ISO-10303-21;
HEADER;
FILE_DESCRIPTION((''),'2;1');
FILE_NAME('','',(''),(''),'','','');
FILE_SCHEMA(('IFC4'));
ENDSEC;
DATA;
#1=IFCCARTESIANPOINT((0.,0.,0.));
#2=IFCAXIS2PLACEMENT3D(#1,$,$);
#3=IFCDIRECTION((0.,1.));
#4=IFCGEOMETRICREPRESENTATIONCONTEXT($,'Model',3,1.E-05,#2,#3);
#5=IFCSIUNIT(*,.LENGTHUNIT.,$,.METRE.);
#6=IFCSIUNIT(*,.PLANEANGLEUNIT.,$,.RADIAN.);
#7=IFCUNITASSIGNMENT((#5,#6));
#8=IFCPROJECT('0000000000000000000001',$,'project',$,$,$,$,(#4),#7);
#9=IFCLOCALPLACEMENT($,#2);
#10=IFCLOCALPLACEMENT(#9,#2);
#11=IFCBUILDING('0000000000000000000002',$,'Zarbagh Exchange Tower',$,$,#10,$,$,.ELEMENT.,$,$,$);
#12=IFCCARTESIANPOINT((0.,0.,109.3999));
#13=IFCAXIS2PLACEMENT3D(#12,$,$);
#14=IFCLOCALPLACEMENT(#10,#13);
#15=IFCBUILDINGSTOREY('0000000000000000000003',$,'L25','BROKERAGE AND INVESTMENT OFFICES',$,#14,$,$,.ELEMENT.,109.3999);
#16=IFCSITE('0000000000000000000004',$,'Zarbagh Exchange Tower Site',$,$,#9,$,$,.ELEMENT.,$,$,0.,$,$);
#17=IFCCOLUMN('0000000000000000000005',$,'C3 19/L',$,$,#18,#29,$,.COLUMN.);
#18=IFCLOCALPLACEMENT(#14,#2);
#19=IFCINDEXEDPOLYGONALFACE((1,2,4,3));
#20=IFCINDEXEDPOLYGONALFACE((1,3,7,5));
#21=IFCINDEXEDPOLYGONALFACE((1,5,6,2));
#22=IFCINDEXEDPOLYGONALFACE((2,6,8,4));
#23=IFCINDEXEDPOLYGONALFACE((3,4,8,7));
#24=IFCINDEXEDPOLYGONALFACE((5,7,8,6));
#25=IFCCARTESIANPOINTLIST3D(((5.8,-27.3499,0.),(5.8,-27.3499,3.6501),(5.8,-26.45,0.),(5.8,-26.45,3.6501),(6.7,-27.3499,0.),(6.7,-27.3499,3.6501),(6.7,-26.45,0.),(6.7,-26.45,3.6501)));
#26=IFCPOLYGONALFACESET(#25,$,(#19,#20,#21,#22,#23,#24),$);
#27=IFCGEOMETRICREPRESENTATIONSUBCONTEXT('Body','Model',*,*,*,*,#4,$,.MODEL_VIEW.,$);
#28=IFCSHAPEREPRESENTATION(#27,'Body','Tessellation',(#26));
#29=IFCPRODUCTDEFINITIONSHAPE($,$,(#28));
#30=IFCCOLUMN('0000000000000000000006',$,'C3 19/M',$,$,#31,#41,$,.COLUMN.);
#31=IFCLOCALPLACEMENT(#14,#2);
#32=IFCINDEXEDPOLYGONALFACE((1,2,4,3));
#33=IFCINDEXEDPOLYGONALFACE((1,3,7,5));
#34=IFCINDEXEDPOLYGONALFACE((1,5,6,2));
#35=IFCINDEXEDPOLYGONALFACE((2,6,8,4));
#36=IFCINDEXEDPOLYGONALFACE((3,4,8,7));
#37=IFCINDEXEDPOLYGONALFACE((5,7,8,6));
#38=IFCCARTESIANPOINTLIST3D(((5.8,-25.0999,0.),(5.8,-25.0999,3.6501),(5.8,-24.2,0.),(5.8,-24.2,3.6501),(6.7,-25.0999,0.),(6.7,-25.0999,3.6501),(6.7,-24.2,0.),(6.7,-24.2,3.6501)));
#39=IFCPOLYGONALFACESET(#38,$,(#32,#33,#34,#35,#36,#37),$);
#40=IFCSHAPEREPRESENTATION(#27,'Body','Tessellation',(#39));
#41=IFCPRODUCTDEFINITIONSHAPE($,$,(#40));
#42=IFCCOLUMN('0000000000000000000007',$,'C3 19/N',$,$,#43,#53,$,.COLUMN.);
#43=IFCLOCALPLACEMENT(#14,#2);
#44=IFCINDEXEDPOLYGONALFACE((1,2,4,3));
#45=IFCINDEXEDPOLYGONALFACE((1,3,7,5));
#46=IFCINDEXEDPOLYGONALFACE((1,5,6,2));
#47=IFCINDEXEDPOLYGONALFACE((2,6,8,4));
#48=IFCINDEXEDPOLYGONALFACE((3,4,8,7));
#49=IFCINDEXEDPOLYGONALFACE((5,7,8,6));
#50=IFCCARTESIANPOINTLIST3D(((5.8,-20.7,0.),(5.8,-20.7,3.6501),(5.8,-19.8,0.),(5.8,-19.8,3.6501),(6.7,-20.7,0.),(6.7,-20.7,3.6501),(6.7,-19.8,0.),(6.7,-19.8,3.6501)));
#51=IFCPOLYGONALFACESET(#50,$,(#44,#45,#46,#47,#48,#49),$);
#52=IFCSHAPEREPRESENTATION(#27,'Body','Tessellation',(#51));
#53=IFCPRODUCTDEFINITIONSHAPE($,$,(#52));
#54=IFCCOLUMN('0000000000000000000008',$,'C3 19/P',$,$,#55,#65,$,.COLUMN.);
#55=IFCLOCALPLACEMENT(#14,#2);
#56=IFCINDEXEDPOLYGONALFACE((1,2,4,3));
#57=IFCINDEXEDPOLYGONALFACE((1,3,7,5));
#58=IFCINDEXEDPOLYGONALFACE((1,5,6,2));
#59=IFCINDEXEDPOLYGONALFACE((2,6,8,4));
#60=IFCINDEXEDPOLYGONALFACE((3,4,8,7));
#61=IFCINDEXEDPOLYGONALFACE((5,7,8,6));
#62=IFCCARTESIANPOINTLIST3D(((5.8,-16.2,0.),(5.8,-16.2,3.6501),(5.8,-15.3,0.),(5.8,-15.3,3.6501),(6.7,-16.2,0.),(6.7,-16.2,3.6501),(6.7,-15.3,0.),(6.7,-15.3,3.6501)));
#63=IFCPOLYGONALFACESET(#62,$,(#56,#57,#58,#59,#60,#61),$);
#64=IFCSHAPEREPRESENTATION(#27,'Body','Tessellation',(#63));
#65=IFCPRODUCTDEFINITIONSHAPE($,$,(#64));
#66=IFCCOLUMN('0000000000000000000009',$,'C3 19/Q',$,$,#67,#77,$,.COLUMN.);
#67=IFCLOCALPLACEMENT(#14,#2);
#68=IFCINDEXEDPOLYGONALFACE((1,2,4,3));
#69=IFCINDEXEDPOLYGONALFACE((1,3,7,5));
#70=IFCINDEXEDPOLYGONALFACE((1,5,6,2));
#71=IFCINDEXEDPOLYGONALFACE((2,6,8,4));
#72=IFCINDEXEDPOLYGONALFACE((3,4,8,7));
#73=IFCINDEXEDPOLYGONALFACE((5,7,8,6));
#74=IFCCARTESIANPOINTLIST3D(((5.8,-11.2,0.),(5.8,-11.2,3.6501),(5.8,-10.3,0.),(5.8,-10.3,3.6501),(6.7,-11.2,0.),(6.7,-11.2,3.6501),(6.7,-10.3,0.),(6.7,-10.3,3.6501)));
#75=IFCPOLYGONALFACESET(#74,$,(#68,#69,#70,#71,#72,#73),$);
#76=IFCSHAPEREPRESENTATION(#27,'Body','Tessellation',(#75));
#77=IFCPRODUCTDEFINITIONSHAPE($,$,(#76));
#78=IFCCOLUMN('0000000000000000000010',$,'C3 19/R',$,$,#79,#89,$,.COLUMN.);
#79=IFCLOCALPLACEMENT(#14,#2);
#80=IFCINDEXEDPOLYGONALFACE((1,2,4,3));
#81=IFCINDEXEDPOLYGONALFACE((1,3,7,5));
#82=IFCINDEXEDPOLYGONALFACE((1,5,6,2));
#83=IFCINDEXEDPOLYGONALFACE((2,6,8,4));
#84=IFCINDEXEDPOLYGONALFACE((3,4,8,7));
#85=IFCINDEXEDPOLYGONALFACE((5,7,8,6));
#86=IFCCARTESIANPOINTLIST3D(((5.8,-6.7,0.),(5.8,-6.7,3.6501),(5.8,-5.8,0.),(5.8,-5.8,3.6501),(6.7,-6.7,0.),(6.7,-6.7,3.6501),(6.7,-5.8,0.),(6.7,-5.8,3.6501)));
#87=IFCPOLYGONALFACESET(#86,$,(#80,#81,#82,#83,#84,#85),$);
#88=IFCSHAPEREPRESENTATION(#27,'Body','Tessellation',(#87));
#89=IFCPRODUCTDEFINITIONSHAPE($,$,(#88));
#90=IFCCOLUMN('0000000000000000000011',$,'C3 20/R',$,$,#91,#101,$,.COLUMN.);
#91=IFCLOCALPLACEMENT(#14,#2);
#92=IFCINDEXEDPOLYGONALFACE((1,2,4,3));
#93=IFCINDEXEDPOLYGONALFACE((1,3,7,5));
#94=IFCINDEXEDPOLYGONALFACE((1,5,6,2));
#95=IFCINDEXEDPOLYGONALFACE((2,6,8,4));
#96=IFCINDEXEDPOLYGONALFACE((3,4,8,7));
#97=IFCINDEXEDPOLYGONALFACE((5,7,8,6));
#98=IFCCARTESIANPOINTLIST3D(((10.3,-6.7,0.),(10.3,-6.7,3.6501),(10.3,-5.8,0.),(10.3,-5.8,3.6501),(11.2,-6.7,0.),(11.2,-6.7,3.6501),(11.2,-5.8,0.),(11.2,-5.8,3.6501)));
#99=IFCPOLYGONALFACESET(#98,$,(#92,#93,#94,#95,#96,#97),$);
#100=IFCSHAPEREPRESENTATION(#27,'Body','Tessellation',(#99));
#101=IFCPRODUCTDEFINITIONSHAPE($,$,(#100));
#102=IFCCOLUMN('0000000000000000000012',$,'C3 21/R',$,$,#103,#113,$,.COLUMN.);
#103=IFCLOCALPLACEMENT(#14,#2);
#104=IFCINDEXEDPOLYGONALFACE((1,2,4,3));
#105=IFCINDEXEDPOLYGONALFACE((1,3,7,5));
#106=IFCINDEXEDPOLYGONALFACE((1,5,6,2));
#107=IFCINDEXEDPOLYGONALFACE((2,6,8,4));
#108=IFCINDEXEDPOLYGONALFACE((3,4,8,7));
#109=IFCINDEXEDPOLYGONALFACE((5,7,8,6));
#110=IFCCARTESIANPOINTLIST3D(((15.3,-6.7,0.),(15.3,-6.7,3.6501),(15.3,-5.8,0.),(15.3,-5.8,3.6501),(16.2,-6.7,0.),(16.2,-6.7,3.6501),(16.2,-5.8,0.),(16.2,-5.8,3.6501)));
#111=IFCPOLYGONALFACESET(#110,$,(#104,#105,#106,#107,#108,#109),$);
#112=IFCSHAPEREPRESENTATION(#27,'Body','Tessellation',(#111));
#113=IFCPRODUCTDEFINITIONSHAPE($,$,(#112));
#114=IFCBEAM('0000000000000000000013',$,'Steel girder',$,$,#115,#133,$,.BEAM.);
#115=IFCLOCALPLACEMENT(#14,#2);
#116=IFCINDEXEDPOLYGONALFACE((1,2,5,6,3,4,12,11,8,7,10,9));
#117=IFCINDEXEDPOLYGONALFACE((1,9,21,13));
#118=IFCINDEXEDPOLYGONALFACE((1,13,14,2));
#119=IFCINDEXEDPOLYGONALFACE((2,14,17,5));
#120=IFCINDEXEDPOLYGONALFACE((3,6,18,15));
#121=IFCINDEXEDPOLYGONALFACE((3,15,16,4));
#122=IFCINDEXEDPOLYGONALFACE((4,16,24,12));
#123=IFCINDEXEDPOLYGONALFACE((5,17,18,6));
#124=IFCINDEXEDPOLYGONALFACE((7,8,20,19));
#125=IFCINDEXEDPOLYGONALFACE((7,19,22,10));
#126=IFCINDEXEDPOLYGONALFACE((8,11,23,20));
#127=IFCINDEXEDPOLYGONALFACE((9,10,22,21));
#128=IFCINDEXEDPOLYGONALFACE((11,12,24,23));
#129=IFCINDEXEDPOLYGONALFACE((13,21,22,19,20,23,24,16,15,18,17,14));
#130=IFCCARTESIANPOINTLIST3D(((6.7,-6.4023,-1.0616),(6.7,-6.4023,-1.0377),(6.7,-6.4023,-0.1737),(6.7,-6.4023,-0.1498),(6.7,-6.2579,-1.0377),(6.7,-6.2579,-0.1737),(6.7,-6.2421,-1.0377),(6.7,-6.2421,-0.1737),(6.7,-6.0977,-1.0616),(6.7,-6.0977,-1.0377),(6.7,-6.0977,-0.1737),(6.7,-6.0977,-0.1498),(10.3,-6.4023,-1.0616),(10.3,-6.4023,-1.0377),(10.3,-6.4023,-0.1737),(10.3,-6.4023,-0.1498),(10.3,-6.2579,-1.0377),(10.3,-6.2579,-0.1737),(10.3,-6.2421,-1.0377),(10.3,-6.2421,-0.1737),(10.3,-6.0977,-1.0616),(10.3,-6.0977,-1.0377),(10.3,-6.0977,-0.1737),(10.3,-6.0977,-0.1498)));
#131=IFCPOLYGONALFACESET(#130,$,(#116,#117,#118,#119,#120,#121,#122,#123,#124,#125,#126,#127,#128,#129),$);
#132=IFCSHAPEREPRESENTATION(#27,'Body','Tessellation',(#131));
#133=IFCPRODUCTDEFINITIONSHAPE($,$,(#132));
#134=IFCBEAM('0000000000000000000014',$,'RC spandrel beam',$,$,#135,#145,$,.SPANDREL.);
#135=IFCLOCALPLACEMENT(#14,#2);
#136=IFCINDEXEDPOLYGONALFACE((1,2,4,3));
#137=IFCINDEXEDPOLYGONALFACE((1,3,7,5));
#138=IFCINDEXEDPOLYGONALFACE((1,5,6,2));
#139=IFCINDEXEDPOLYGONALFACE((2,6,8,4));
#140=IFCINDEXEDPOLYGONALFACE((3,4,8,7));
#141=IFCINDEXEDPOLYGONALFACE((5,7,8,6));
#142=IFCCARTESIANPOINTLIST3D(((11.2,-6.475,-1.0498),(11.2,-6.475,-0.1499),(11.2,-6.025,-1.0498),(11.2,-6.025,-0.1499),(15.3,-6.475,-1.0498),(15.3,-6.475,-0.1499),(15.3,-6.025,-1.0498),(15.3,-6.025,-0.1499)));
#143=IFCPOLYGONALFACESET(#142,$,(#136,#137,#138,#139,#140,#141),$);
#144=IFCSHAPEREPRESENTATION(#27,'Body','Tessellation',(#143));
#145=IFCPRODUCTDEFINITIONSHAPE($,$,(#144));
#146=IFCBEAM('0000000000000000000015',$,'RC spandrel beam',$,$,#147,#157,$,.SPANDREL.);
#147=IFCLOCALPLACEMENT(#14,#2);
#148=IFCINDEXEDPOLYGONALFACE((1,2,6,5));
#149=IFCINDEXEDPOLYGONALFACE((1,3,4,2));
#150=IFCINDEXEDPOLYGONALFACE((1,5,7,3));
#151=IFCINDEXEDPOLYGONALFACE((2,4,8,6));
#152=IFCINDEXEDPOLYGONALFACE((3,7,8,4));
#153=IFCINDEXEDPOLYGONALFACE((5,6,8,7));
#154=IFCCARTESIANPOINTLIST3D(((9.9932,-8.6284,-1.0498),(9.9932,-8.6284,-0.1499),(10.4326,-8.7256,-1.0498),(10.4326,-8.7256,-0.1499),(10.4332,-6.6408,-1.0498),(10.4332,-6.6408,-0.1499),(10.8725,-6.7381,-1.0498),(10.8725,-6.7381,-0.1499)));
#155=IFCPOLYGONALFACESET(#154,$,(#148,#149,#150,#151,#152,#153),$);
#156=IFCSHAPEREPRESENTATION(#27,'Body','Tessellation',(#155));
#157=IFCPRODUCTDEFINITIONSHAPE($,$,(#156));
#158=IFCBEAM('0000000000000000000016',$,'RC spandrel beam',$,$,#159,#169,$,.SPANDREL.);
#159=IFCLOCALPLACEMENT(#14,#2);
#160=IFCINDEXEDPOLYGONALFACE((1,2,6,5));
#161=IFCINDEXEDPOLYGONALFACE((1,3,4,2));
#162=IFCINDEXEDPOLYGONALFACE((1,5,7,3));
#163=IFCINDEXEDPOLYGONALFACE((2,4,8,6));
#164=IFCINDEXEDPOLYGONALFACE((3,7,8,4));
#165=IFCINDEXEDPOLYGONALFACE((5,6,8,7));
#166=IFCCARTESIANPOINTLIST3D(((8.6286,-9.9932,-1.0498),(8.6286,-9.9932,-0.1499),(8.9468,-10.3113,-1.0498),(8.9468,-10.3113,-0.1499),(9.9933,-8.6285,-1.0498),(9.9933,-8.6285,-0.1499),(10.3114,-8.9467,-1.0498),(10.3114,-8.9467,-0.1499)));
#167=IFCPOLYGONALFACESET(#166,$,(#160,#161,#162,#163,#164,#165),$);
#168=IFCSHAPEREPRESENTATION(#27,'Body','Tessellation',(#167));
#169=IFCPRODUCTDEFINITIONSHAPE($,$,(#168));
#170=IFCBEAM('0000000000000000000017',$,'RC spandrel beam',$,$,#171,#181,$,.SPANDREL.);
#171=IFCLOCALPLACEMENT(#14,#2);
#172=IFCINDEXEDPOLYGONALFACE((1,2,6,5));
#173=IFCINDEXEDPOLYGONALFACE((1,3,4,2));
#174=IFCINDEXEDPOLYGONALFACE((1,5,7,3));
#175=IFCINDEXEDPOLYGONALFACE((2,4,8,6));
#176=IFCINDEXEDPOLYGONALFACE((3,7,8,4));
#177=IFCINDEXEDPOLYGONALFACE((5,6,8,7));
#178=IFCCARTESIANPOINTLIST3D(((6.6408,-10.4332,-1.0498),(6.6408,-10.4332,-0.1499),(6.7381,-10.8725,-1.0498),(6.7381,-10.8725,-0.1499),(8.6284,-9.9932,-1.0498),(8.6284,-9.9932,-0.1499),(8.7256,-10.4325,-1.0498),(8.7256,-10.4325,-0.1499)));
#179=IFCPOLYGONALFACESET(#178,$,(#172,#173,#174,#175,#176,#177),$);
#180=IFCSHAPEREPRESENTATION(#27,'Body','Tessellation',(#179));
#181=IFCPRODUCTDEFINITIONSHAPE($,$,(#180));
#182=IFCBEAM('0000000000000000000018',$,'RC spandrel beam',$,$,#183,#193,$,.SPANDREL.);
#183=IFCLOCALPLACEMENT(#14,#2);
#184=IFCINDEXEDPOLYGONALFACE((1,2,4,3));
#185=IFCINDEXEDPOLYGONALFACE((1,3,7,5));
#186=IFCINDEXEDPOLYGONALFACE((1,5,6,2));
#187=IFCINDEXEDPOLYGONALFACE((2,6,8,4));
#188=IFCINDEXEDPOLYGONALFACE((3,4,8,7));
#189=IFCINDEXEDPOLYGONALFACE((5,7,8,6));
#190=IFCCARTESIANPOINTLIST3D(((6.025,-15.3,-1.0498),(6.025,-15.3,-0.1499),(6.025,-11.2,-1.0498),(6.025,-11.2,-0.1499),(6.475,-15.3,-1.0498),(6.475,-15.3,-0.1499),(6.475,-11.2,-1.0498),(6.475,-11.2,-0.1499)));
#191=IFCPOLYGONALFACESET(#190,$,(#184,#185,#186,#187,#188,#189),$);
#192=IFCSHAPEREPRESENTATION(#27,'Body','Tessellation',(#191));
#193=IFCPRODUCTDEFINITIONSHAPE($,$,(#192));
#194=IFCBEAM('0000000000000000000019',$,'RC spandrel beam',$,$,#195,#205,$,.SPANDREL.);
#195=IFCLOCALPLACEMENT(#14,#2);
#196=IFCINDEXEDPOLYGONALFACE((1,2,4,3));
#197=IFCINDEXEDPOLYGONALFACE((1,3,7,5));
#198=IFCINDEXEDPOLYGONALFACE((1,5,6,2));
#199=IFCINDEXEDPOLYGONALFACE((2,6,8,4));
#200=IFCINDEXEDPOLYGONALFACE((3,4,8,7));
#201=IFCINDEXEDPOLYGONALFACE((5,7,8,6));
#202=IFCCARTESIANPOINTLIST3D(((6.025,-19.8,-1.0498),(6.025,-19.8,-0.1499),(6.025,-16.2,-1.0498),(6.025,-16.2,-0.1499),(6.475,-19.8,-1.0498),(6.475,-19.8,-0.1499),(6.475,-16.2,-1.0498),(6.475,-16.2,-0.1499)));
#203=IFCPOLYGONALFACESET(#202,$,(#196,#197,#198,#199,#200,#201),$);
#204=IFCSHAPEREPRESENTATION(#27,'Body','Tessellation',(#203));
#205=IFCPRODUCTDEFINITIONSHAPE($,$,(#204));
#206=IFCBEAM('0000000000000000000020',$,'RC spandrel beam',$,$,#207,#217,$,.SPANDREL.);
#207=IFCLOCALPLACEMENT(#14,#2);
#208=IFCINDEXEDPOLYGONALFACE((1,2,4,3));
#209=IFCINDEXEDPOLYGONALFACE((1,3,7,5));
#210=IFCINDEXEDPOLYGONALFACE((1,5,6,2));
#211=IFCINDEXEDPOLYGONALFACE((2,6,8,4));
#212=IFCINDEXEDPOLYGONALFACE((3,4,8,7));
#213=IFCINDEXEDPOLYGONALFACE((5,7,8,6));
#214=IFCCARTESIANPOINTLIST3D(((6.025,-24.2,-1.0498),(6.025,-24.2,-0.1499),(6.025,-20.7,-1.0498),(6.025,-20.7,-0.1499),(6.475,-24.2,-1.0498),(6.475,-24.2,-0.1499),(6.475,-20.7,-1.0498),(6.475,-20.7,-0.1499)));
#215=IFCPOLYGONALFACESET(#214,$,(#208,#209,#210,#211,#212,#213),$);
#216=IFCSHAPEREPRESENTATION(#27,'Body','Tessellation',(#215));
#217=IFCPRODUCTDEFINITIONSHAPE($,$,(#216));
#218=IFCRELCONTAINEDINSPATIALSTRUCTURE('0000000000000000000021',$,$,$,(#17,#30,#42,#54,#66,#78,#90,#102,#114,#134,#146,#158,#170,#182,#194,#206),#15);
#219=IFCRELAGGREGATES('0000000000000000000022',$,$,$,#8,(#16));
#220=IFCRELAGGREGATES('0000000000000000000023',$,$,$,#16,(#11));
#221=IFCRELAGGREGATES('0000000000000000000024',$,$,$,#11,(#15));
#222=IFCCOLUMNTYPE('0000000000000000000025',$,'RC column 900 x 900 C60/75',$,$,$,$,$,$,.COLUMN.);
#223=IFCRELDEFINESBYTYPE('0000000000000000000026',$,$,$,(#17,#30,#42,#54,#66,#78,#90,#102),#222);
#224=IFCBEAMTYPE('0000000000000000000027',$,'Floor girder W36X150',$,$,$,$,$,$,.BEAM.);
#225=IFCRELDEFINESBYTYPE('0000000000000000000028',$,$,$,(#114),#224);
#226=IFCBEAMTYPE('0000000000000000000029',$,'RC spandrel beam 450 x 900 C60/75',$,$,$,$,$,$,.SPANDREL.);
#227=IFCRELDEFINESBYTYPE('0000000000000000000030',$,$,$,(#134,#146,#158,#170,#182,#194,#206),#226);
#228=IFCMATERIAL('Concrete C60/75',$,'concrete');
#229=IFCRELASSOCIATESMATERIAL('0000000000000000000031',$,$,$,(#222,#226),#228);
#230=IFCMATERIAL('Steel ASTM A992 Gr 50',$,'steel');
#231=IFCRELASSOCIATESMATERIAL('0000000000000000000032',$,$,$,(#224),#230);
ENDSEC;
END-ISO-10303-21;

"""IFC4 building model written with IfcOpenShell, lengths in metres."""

from ifc_helpers import new_model, si_unit, direction, frame, origin, origin_2d, place, context, subcontext, project, spatial, rectangle, i_section, extrude, material, material_profile, profile_set, type_object, element, save


model = new_model("IFC4")

# Units and contexts
model_context = context("Model", 3, precision=1e-05, world=origin(), true_north=direction((0.0, 1.0)))
body_context = subcontext(model_context, "Body", "Model", "MODEL_VIEW")
ifc_project = project(units=[si_unit("LENGTHUNIT", "METRE"), si_unit("PLANEANGLEUNIT", "RADIAN")], contexts=[model_context])

# Site, building, storey
site_placement = place(None, origin())
site = spatial("IfcSite", under=ifc_project, at=site_placement, Name="Zarbagh Exchange Tower Site", CompositionType="ELEMENT", RefElevation=0.0)
building_placement = place(site_placement, origin())
building = spatial("IfcBuilding", under=site, at=building_placement, Name="Zarbagh Exchange Tower", CompositionType="ELEMENT")
storey_placement = place(building_placement, frame((0.0, 0.0, 109.3999)))
storey = spatial("IfcBuildingStorey", under=building, at=storey_placement, Name="L25", Description="BROKERAGE AND INVESTMENT OFFICES", CompositionType="ELEMENT", Elevation=109.3999)

# Columns
ifc_material_1 = material(Name="Concrete C60/75", Category="concrete")
ifc_material_profile_1 = material_profile(ifc_material_1, rectangle(XDim=0.8999, YDim=0.8999, at=origin_2d()), Name="RC column 900 x 900 C60/75")
ifc_profile_set_1 = profile_set([ifc_material_profile_1], Name="Concrete C60/75")
column_type = type_object("IfcColumnType", Name="RC column 900 x 900 C60/75", PredefinedType="COLUMN", material=ifc_profile_set_1)
for number, where, z_axis, x_axis, name in (
    (1, (6.25, -26.8999, 0.0), (0.0, 0.0, 1.0), (1.0, 0.0, 0.0), "C3 19/L"),
    (2, (6.25, -24.6499, 0.0), (0.0, 0.0, 1.0), (1.0, 0.0, 0.0), "C3 19/M"),
    (3, (6.25, -20.25, 0.0), (0.0, 0.0, 1.0), (1.0, 0.0, 0.0), "C3 19/N"),
    (4, (6.25, -15.75, 0.0), (0.0, 0.0, 1.0), (1.0, 0.0, 0.0), "C3 19/P"),
    (5, (6.25, -10.75, 0.0), (0.0, 0.0, 1.0), (1.0, 0.0, 0.0), "C3 19/Q"),
    (6, (6.25, -6.25, 0.0), (0.0, 0.0, 1.0), (1.0, 0.0, 0.0), "C3 19/R"),
    (7, (10.75, -6.25, 0.0), (0.0, 0.0, 1.0), (1.0, 0.0, 0.0), "C3 20/R"),
    (8, (15.75, -6.25, 0.0), (0.0, 0.0, 1.0), (1.0, 0.0, 0.0), "C3 21/R"),
):
    element("IfcColumn", number, at=place(storey_placement, frame(where, z_axis=z_axis, x_axis=x_axis)), inside=storey, type_object=column_type, Name=name, PredefinedType="COLUMN", context=body_context, shape_type="SweptSolid", body=[
        extrude(rectangle(XDim=0.8999, YDim=0.8999, at=origin_2d()), origin(), (0.0, 0.0, 1.0), 3.6501),
    ])

# Beams
ifc_material_2 = material(Name="Steel ASTM A992 Gr 50", Category="steel")
ifc_material_profile_2 = material_profile(ifc_material_2, i_section(OverallWidth=0.3047, OverallDepth=0.9119, WebThickness=0.0159, FlangeThickness=0.0239, at=origin_2d()), Name="W36X150")
ifc_profile_set_2 = profile_set([ifc_material_profile_2], Name="Steel ASTM A992 Gr 50")
beam_type_1 = type_object("IfcBeamType", Name="Floor girder W36X150", PredefinedType="BEAM", material=ifc_profile_set_2)
beam_1_placement = place(storey_placement, frame((6.7, -6.25, -0.6057), z_axis=(1.0, 0.0, 0.0), x_axis=(0.0, 1.0, 0.0)))
element("IfcBeam", 9, at=beam_1_placement, inside=storey, type_object=beam_type_1, Name="Steel girder", PredefinedType="BEAM", context=body_context, shape_type="SweptSolid", body=[
    extrude(i_section(OverallWidth=0.3047, OverallDepth=0.9119, WebThickness=0.0159, FlangeThickness=0.0239, at=origin_2d()), origin(), (0.0, 0.0, 1.0), 3.6001),
])
ifc_material_profile_3 = material_profile(ifc_material_1, rectangle(XDim=0.45, YDim=0.8999, at=origin_2d()), Name="RC spandrel beam 450 x 900 C60/75")
ifc_profile_set_3 = profile_set([ifc_material_profile_3], Name="Concrete C60/75")
beam_type_2 = type_object("IfcBeamType", Name="RC spandrel beam 450 x 900 C60/75", PredefinedType="SPANDREL", material=ifc_profile_set_3)
beam_2_placement = place(storey_placement, frame((15.3, -6.25, -0.5999), z_axis=(-1.0, 0.0, 0.0), x_axis=(0.0, -1.0, 0.0)))
element("IfcBeam", 10, at=beam_2_placement, inside=storey, type_object=beam_type_2, Name="RC spandrel beam", PredefinedType="SPANDREL", context=body_context, shape_type="SweptSolid", body=[
    extrude(rectangle(XDim=0.45, YDim=0.8999, at=origin_2d()), origin(), (0.0, 0.0, 1.0), 4.1001),
])
beam_3_placement = place(storey_placement, frame((10.6528, -6.6895, -0.5999), z_axis=(-0.216118, -0.976367, 0.0), x_axis=(0.976367, -0.216118, 0.0)))
element("IfcBeam", 11, at=beam_3_placement, inside=storey, type_object=beam_type_2, Name="RC spandrel beam", PredefinedType="SPANDREL", context=body_context, shape_type="SweptSolid", body=[
    extrude(rectangle(XDim=0.45, YDim=0.8999, at=origin_2d()), origin(), (0.0, 0.0, 1.0), 2.0356),
])
beam_4_placement = place(storey_placement, frame((10.1523, -8.7876, -0.5999), z_axis=(-0.707107, -0.707107, 0.0), x_axis=(0.707107, -0.707107, 0.0)))
element("IfcBeam", 12, at=beam_4_placement, inside=storey, type_object=beam_type_2, Name="RC spandrel beam", PredefinedType="SPANDREL", context=body_context, shape_type="SweptSolid", body=[
    extrude(rectangle(XDim=0.45, YDim=0.8999, at=origin_2d()), origin(), (0.0, 0.0, 1.0), 1.9299),
])
beam_5_placement = place(storey_placement, frame((8.677, -10.2129, -0.5999), z_axis=(-0.976367, -0.216118, 0.0), x_axis=(0.216118, -0.976367, 0.0)))
element("IfcBeam", 13, at=beam_5_placement, inside=storey, type_object=beam_type_2, Name="RC spandrel beam", PredefinedType="SPANDREL", context=body_context, shape_type="SweptSolid", body=[
    extrude(rectangle(XDim=0.45, YDim=0.8999, at=origin_2d()), origin(), (0.0, 0.0, 1.0), 2.0356),
])
beam_6_placement = place(storey_placement, frame((6.25, -11.2, -0.5999), z_axis=(0.0, -1.0, 0.0), x_axis=(1.0, 0.0, 0.0)))
element("IfcBeam", 14, at=beam_6_placement, inside=storey, type_object=beam_type_2, Name="RC spandrel beam", PredefinedType="SPANDREL", context=body_context, shape_type="SweptSolid", body=[
    extrude(rectangle(XDim=0.45, YDim=0.8999, at=origin_2d()), origin(), (0.0, 0.0, 1.0), 4.1001),
])
beam_7_placement = place(storey_placement, frame((6.25, -16.2, -0.5999), z_axis=(0.0, -1.0, 0.0), x_axis=(1.0, 0.0, 0.0)))
element("IfcBeam", 15, at=beam_7_placement, inside=storey, type_object=beam_type_2, Name="RC spandrel beam", PredefinedType="SPANDREL", context=body_context, shape_type="SweptSolid", body=[
    extrude(rectangle(XDim=0.45, YDim=0.8999, at=origin_2d()), origin(), (0.0, 0.0, 1.0), 3.6001),
])
beam_8_placement = place(storey_placement, frame((6.25, -20.7, -0.5999), z_axis=(0.0, -1.0, 0.0), x_axis=(1.0, 0.0, 0.0)))
element("IfcBeam", 16, at=beam_8_placement, inside=storey, type_object=beam_type_2, Name="RC spandrel beam", PredefinedType="SPANDREL", context=body_context, shape_type="SweptSolid", body=[
    extrude(rectangle(XDim=0.45, YDim=0.8999, at=origin_2d()), origin(), (0.0, 0.0, 1.0), 3.5),
])

save(model, "model.ifc")
